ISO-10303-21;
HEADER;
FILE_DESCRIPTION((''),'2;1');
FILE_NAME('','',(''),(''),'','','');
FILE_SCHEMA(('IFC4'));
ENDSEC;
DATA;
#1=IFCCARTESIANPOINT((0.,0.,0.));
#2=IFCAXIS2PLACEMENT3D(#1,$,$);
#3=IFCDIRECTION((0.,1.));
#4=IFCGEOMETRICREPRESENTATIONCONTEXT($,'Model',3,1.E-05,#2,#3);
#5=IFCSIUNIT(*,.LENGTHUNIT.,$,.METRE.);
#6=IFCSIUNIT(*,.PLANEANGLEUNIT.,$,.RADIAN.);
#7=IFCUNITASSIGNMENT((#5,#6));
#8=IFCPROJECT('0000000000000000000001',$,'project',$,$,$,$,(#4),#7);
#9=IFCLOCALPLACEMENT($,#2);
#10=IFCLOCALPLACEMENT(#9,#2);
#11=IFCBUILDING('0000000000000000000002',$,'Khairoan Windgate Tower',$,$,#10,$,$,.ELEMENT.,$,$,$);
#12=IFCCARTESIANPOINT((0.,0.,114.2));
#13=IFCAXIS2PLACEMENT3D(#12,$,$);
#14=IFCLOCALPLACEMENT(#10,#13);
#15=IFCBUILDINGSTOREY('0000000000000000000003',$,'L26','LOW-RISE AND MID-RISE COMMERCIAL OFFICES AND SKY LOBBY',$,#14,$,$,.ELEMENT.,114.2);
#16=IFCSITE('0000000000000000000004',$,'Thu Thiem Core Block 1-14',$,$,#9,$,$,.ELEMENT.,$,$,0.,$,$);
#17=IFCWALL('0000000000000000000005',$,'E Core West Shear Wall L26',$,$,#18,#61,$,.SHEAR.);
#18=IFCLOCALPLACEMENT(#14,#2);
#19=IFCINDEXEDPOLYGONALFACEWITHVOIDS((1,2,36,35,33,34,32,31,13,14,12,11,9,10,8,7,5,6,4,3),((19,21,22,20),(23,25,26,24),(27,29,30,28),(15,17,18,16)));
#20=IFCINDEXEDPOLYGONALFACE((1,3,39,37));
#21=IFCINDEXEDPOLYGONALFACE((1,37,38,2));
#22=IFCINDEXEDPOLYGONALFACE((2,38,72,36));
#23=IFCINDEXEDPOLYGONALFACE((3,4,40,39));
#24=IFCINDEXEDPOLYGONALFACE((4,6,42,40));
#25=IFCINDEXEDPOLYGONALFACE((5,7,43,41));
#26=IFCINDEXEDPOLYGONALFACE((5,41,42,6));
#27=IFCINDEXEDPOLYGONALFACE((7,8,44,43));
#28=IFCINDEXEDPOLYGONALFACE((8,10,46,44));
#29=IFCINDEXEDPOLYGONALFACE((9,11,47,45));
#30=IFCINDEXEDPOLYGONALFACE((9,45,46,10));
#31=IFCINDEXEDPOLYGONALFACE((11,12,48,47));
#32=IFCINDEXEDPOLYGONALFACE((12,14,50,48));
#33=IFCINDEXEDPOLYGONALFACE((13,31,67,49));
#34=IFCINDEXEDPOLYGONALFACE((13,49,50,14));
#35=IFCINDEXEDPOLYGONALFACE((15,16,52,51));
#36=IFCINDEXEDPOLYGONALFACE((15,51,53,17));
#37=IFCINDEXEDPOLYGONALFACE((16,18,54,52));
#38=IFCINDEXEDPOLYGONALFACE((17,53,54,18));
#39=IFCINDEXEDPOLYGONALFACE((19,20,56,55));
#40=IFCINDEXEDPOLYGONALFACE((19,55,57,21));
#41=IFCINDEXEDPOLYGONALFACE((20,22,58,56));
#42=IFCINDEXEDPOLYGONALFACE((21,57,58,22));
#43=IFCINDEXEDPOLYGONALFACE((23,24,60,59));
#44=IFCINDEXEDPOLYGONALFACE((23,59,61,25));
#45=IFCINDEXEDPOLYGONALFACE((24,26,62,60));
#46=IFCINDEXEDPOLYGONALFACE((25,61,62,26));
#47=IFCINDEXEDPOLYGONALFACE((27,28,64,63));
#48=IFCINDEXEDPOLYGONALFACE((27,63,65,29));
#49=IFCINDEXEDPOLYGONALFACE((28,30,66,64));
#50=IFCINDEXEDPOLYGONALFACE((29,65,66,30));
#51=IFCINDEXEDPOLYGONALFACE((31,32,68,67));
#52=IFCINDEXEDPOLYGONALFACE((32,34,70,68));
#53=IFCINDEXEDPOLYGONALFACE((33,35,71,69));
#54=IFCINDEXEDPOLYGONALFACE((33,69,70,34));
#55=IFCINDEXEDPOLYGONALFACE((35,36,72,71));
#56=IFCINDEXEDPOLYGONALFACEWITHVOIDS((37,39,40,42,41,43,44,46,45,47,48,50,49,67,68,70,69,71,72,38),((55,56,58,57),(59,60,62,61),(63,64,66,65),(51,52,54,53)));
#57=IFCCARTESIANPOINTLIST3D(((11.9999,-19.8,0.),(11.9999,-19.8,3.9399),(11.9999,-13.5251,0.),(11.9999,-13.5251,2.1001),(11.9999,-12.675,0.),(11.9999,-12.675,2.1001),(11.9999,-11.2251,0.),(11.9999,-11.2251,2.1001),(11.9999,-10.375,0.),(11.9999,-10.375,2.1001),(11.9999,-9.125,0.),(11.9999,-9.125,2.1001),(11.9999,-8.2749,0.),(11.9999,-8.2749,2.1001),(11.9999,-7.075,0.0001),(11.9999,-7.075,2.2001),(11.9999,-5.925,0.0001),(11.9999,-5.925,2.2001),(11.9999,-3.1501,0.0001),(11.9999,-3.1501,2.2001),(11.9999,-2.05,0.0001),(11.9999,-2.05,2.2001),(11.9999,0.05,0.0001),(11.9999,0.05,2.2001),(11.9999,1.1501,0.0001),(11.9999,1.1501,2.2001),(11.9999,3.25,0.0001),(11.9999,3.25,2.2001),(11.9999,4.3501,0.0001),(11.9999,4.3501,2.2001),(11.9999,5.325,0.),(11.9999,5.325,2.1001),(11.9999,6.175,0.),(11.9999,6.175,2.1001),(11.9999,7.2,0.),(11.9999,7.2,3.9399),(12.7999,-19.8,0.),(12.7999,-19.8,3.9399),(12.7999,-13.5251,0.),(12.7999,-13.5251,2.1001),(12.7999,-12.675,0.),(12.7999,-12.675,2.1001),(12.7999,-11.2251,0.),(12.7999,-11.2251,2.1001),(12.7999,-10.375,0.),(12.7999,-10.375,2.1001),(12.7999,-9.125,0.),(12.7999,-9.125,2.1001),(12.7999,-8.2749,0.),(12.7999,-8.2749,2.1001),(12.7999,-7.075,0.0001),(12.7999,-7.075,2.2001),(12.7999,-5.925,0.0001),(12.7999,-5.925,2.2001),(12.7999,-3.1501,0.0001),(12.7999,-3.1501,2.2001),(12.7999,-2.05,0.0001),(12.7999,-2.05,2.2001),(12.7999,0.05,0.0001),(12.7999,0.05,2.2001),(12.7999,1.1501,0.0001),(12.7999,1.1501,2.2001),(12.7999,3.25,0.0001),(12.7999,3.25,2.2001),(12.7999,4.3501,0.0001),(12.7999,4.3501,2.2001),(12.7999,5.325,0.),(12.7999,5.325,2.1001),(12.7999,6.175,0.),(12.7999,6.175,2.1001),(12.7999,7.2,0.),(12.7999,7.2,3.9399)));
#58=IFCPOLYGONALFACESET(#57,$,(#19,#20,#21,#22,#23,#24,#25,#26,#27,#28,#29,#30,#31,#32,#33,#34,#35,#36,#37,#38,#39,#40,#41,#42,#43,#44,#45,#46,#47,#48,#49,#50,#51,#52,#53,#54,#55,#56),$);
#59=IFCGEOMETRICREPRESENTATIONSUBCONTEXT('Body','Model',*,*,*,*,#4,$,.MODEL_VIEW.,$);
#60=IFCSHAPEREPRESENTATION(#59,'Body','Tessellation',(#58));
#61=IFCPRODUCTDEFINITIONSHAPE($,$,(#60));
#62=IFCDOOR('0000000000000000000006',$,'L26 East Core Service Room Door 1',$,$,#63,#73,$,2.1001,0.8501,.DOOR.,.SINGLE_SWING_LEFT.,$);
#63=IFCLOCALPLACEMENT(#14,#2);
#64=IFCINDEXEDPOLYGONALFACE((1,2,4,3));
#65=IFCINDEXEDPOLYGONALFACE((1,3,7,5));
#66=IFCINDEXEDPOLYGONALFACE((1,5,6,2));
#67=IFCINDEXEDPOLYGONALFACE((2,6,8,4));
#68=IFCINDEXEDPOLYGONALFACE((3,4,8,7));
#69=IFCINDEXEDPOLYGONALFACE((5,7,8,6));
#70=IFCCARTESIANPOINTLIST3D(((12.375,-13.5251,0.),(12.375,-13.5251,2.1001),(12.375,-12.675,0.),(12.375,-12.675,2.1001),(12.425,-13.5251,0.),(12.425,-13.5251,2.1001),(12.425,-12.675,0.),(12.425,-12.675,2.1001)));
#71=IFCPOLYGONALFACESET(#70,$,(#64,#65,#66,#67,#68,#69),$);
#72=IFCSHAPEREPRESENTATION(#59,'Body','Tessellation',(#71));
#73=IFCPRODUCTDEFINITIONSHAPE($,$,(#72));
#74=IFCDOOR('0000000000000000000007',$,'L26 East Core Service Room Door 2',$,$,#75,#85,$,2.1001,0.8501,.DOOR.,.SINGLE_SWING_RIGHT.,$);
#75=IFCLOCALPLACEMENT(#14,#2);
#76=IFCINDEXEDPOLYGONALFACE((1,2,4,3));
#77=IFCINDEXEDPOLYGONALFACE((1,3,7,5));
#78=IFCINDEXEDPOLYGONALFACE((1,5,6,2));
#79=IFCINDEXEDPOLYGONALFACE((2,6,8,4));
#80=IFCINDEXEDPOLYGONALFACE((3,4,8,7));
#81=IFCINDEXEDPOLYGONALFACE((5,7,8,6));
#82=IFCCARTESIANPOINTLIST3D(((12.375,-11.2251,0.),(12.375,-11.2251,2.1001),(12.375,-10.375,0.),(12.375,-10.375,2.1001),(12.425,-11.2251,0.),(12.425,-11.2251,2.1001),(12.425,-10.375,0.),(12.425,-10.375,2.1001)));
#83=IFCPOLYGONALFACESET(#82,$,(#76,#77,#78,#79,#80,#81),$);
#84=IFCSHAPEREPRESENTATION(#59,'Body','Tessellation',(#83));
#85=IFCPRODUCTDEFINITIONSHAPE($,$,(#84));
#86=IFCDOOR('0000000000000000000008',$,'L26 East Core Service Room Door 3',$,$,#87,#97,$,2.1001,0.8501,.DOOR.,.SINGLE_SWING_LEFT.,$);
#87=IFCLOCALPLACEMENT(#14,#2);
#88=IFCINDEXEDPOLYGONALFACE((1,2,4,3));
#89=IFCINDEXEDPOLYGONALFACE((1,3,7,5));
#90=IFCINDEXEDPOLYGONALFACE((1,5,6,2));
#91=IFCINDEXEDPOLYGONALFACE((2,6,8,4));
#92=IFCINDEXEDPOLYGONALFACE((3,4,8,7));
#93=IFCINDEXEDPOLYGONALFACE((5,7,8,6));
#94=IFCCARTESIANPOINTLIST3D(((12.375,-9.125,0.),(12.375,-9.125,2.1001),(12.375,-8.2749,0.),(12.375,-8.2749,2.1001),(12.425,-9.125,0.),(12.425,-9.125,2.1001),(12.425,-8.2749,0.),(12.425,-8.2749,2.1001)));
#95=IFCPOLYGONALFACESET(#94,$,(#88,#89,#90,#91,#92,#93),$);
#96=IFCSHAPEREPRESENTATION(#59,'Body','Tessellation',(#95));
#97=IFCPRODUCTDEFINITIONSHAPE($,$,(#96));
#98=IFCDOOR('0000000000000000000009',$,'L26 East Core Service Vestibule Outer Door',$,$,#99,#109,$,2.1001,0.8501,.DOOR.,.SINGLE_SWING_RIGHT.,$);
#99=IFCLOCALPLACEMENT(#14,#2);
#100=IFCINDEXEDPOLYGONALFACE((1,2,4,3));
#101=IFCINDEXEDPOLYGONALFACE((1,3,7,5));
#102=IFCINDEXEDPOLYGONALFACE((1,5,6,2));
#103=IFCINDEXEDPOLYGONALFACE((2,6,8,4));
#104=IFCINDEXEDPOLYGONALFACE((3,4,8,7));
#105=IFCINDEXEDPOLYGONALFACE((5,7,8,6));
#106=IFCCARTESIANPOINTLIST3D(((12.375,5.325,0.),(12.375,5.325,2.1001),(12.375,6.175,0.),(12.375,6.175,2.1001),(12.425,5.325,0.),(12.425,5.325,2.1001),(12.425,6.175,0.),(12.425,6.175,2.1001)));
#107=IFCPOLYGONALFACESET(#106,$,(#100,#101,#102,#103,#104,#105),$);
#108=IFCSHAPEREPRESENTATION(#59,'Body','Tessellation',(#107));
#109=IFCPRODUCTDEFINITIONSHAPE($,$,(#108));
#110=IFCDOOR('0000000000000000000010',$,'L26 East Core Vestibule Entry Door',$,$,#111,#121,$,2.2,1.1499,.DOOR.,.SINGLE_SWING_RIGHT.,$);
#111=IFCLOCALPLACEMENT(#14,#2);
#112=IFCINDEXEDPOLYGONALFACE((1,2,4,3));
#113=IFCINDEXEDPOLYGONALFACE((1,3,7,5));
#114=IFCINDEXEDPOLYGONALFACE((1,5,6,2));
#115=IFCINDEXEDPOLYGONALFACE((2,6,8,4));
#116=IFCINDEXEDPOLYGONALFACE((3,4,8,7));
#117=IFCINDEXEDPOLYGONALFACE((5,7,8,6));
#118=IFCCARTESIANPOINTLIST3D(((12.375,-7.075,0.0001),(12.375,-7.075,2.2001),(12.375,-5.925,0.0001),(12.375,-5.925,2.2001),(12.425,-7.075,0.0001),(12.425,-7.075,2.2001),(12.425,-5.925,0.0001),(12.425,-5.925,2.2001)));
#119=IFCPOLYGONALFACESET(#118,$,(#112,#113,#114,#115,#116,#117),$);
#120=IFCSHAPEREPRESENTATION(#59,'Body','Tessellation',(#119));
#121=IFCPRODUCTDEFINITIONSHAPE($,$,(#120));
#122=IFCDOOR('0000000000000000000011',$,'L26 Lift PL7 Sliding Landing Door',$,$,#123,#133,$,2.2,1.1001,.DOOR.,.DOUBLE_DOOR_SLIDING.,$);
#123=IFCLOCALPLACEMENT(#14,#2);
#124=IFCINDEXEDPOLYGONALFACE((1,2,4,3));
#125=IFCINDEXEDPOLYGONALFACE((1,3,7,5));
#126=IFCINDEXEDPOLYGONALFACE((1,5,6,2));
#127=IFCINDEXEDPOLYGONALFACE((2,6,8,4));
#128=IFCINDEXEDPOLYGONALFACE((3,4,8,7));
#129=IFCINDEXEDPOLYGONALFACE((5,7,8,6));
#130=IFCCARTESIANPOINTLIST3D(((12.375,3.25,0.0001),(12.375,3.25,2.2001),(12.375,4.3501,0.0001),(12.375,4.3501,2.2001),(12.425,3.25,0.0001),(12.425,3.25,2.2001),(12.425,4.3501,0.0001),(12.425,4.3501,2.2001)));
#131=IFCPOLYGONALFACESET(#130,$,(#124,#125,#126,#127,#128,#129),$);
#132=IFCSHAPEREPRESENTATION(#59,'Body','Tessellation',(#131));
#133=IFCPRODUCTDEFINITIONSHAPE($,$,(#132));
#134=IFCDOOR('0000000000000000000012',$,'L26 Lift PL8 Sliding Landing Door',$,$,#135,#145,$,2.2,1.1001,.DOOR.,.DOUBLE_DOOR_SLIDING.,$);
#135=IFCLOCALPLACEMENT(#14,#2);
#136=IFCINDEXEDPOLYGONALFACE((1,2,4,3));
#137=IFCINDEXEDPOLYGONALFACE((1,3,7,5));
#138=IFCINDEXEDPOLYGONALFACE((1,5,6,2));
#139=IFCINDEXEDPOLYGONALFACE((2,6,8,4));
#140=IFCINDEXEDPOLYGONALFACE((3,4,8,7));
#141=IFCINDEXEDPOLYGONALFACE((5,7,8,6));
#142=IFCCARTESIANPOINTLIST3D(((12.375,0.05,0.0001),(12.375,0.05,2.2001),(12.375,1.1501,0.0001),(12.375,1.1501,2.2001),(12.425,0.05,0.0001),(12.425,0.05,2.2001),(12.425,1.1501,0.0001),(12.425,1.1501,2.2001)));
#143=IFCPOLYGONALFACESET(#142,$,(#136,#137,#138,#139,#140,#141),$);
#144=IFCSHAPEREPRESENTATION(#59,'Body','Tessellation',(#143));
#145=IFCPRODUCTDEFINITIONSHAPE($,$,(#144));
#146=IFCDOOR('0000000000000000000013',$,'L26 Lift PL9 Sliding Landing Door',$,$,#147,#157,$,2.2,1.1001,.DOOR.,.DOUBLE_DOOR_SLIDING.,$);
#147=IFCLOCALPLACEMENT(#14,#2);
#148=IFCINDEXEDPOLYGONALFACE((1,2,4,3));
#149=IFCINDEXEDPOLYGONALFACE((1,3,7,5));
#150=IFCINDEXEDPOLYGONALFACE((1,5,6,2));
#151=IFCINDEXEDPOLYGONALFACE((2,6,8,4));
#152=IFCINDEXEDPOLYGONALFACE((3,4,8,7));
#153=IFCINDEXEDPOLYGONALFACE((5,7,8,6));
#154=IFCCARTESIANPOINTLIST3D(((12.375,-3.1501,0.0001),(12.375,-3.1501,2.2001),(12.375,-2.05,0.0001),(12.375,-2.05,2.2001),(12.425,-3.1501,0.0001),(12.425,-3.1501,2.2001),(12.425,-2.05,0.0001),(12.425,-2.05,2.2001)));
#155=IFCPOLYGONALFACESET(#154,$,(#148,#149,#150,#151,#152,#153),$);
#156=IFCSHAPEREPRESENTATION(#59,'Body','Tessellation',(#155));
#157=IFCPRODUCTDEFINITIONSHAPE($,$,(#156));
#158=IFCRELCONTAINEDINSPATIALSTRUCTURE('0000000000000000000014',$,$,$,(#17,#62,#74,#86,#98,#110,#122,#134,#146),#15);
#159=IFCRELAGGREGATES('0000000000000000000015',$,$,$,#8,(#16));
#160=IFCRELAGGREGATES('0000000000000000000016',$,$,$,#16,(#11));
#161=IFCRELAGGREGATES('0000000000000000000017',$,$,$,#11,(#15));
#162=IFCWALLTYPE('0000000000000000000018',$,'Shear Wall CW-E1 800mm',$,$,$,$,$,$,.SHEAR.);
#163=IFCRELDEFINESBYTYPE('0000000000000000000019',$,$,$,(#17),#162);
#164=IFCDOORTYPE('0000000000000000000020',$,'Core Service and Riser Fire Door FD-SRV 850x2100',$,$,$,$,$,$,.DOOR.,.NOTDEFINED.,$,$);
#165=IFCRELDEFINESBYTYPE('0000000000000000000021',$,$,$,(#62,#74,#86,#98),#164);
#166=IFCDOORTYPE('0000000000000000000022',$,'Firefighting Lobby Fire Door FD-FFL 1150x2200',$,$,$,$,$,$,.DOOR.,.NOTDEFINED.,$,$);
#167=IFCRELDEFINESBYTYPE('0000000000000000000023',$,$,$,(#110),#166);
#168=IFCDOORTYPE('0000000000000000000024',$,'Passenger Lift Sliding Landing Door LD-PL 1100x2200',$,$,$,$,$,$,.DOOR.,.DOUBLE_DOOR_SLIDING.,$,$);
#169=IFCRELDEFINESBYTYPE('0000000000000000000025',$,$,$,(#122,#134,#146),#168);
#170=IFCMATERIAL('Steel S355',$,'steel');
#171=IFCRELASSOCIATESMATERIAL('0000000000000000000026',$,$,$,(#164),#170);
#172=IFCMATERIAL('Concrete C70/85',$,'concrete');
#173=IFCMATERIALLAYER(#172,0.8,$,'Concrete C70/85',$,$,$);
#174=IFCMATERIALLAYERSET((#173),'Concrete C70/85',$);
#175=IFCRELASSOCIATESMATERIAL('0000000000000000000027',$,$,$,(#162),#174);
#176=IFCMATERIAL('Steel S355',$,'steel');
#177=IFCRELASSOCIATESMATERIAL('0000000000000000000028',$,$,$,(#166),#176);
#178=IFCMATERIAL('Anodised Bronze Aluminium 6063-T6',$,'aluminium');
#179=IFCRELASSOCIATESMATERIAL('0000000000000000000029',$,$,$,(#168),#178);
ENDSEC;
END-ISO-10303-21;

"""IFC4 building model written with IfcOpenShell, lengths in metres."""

from ifc_helpers import new_model, si_unit, direction, frame, frame_2d, origin, place, context, subcontext, project, spatial, rectangle, extrude, material, layer, layer_set, type_object, element, fill, save


model = new_model("IFC4")

# Units and contexts
model_context = context("Model", 3, precision=1e-05, world=origin(), true_north=direction((0.0, 1.0)))
body_context = subcontext(model_context, "Body", "Model", "MODEL_VIEW")
ifc_project = project(units=[si_unit("LENGTHUNIT", "METRE"), si_unit("PLANEANGLEUNIT", "RADIAN")], contexts=[model_context])

# Site, building, storey
site_placement = place(None, origin())
site = spatial("IfcSite", under=ifc_project, at=site_placement, Name="Thu Thiem Core Block 1-14", CompositionType="ELEMENT", RefElevation=0.0)
building_placement = place(site_placement, origin())
building = spatial("IfcBuilding", under=site, at=building_placement, Name="Khairoan Windgate Tower", CompositionType="ELEMENT")
storey_placement = place(building_placement, frame((0.0, 0.0, 114.2)))
storey = spatial("IfcBuildingStorey", under=building, at=storey_placement, Name="L26", Description="LOW-RISE AND MID-RISE COMMERCIAL OFFICES AND SKY LOBBY", CompositionType="ELEMENT", Elevation=114.2)

# Shared definitions
ifc_material_1 = material(Name="Steel S355", Category="steel")
door_type_1 = type_object("IfcDoorType", Name="Core Service and Riser Fire Door FD-SRV 850x2100", OperationType="NOTDEFINED", PredefinedType="DOOR", material=ifc_material_1)

# Wall, openings, doors
ifc_material_2 = material(Name="Concrete C70/85", Category="concrete")
ifc_layer_1 = layer(ifc_material_2, 0.8, Name="Concrete C70/85")
ifc_layer_set_1 = layer_set([ifc_layer_1], Name="Concrete C70/85")
wall_type_1 = type_object("IfcWallType", Name="Shear Wall CW-E1 800mm", PredefinedType="SHEAR", material=ifc_layer_set_1)
wall_1_placement = place(storey_placement, frame((12.3999, -19.8, 0.0), z_axis=(0.0, 0.0, 1.0), x_axis=(0.0, 1.0, 0.0)))
wall_1 = element("IfcWall", 1, at=wall_1_placement, inside=storey, type_object=wall_type_1, Name="E Core West Shear Wall L26", PredefinedType="SHEAR", context=body_context, shape_type="SweptSolid", body=[
    extrude(rectangle(XDim=27.0, YDim=0.8, at=frame_2d((13.5, 0.0))), origin(), (0.0, 0.0, 1.0), 3.9399),
])
opening_1_placement = place(wall_1_placement, frame((23.05, 0.0, 0.0)))
opening_1 = element("IfcOpeningElement", 2, at=opening_1_placement, cuts=wall_1, PredefinedType="OPENING", context=body_context, shape_type="SweptSolid", body=[
    extrude(rectangle(XDim=1.1001, YDim=2.2, at=frame_2d((0.55, 1.1001))), frame((0.0, 0.4099, 0.0), z_axis=(0.0, -1.0, 0.0), x_axis=(1.0, 0.0, 0.0)), (0.0, 0.0, 1.0), 0.8201),
])
opening_2_placement = place(wall_1_placement, frame((19.8501, 0.0, 0.0)))
opening_2 = element("IfcOpeningElement", 3, at=opening_2_placement, cuts=wall_1, PredefinedType="OPENING", context=body_context, shape_type="SweptSolid", body=[
    extrude(rectangle(XDim=1.1001, YDim=2.2, at=frame_2d((0.55, 1.1001))), frame((0.0, 0.4099, 0.0), z_axis=(0.0, -1.0, 0.0), x_axis=(1.0, 0.0, 0.0)), (0.0, 0.0, 1.0), 0.8201),
])
opening_3_placement = place(wall_1_placement, frame((16.6499, 0.0, 0.0)))
opening_3 = element("IfcOpeningElement", 4, at=opening_3_placement, cuts=wall_1, PredefinedType="OPENING", context=body_context, shape_type="SweptSolid", body=[
    extrude(rectangle(XDim=1.1001, YDim=2.2, at=frame_2d((0.55, 1.1001))), frame((0.0, 0.4099, 0.0), z_axis=(0.0, -1.0, 0.0), x_axis=(1.0, 0.0, 0.0)), (0.0, 0.0, 1.0), 0.8201),
])
opening_4_placement = place(wall_1_placement, frame((6.2749, 0.0, 0.0)))
opening_4 = element("IfcOpeningElement", 5, at=opening_4_placement, cuts=wall_1, PredefinedType="OPENING", context=body_context, shape_type="SweptSolid", body=[
    extrude(rectangle(XDim=0.8501, YDim=2.1001, at=frame_2d((0.425, 1.05))), frame((0.0, 0.4099, 0.0), z_axis=(0.0, -1.0, 0.0), x_axis=(1.0, 0.0, 0.0)), (0.0, 0.0, 1.0), 0.8201),
])
opening_5_placement = place(wall_1_placement, frame((8.575, 0.0, 0.0)))
opening_5 = element("IfcOpeningElement", 6, at=opening_5_placement, cuts=wall_1, PredefinedType="OPENING", context=body_context, shape_type="SweptSolid", body=[
    extrude(rectangle(XDim=0.8501, YDim=2.1001, at=frame_2d((0.425, 1.05))), frame((0.0, 0.4099, 0.0), z_axis=(0.0, -1.0, 0.0), x_axis=(1.0, 0.0, 0.0)), (0.0, 0.0, 1.0), 0.8201),
])
opening_6_placement = place(wall_1_placement, frame((10.675, 0.0, 0.0)))
opening_6 = element("IfcOpeningElement", 7, at=opening_6_placement, cuts=wall_1, PredefinedType="OPENING", context=body_context, shape_type="SweptSolid", body=[
    extrude(rectangle(XDim=0.8501, YDim=2.1001, at=frame_2d((0.425, 1.05))), frame((0.0, 0.4099, 0.0), z_axis=(0.0, -1.0, 0.0), x_axis=(1.0, 0.0, 0.0)), (0.0, 0.0, 1.0), 0.8201),
])
opening_7_placement = place(wall_1_placement, frame((12.7251, 0.0, 0.0)))
opening_7 = element("IfcOpeningElement", 8, at=opening_7_placement, cuts=wall_1, PredefinedType="OPENING", context=body_context, shape_type="SweptSolid", body=[
    extrude(rectangle(XDim=1.1499, YDim=2.2, at=frame_2d((0.575, 1.1001))), frame((0.0, 0.4099, 0.0), z_axis=(0.0, -1.0, 0.0), x_axis=(1.0, 0.0, 0.0)), (0.0, 0.0, 1.0), 0.8201),
])
opening_8_placement = place(wall_1_placement, frame((25.125, 0.0, 0.0)))
opening_8 = element("IfcOpeningElement", 9, at=opening_8_placement, cuts=wall_1, PredefinedType="OPENING", context=body_context, shape_type="SweptSolid", body=[
    extrude(rectangle(XDim=0.8501, YDim=2.1001, at=frame_2d((0.425, 1.05))), frame((0.0, 0.4099, 0.0), z_axis=(0.0, -1.0, 0.0), x_axis=(1.0, 0.0, 0.0)), (0.0, 0.0, 1.0), 0.8201),
])
door_1_placement = place(opening_4_placement, origin())
door_1 = element("IfcDoor", 10, at=door_1_placement, inside=storey, type_object=door_type_1, Name="L26 East Core Service Room Door 1", OperationType="SINGLE_SWING_LEFT", OverallHeight=2.1001, OverallWidth=0.8501, PredefinedType="DOOR", context=body_context, shape_type="SweptSolid", body=[
    extrude(rectangle(XDim=0.8501, YDim=2.1001, at=frame_2d((0.425, 1.05))), frame((0.0, 0.0249, 0.0), z_axis=(0.0, -1.0, 0.0), x_axis=(1.0, 0.0, 0.0)), (0.0, 0.0, 1.0), 0.05),
])
fill(opening_4, door_1)
door_2_placement = place(opening_5_placement, origin())
door_2 = element("IfcDoor", 11, at=door_2_placement, inside=storey, type_object=door_type_1, Name="L26 East Core Service Room Door 2", OperationType="SINGLE_SWING_RIGHT", OverallHeight=2.1001, OverallWidth=0.8501, PredefinedType="DOOR", context=body_context, shape_type="SweptSolid", body=[
    extrude(rectangle(XDim=0.8501, YDim=2.1001, at=frame_2d((0.425, 1.05))), frame((0.0, 0.0249, 0.0), z_axis=(0.0, -1.0, 0.0), x_axis=(1.0, 0.0, 0.0)), (0.0, 0.0, 1.0), 0.05),
])
fill(opening_5, door_2)
door_3_placement = place(opening_6_placement, origin())
door_3 = element("IfcDoor", 12, at=door_3_placement, inside=storey, type_object=door_type_1, Name="L26 East Core Service Room Door 3", OperationType="SINGLE_SWING_LEFT", OverallHeight=2.1001, OverallWidth=0.8501, PredefinedType="DOOR", context=body_context, shape_type="SweptSolid", body=[
    extrude(rectangle(XDim=0.8501, YDim=2.1001, at=frame_2d((0.425, 1.05))), frame((0.0, 0.0249, 0.0), z_axis=(0.0, -1.0, 0.0), x_axis=(1.0, 0.0, 0.0)), (0.0, 0.0, 1.0), 0.05),
])
fill(opening_6, door_3)
door_4_placement = place(opening_8_placement, origin())
door_4 = element("IfcDoor", 13, at=door_4_placement, inside=storey, type_object=door_type_1, Name="L26 East Core Service Vestibule Outer Door", OperationType="SINGLE_SWING_RIGHT", OverallHeight=2.1001, OverallWidth=0.8501, PredefinedType="DOOR", context=body_context, shape_type="SweptSolid", body=[
    extrude(rectangle(XDim=0.8501, YDim=2.1001, at=frame_2d((0.425, 1.05))), frame((0.0, 0.0249, 0.0), z_axis=(0.0, -1.0, 0.0), x_axis=(1.0, 0.0, 0.0)), (0.0, 0.0, 1.0), 0.05),
])
fill(opening_8, door_4)
ifc_material_3 = material(Name="Steel S355", Category="steel")
door_type_2 = type_object("IfcDoorType", Name="Firefighting Lobby Fire Door FD-FFL 1150x2200", OperationType="NOTDEFINED", PredefinedType="DOOR", material=ifc_material_3)
door_5_placement = place(opening_7_placement, origin())
door_5 = element("IfcDoor", 14, at=door_5_placement, inside=storey, type_object=door_type_2, Name="L26 East Core Vestibule Entry Door", OperationType="SINGLE_SWING_RIGHT", OverallHeight=2.2, OverallWidth=1.1499, PredefinedType="DOOR", context=body_context, shape_type="SweptSolid", body=[
    extrude(rectangle(XDim=1.1499, YDim=2.2, at=frame_2d((0.575, 1.1001))), frame((0.0, 0.0249, 0.0), z_axis=(0.0, -1.0, 0.0), x_axis=(1.0, 0.0, 0.0)), (0.0, 0.0, 1.0), 0.05),
])
fill(opening_7, door_5)
ifc_material_4 = material(Name="Anodised Bronze Aluminium 6063-T6", Category="aluminium")
door_type_3 = type_object("IfcDoorType", Name="Passenger Lift Sliding Landing Door LD-PL 1100x2200", OperationType="DOUBLE_DOOR_SLIDING", PredefinedType="DOOR", material=ifc_material_4)
door_6_placement = place(opening_1_placement, origin())
door_6 = element("IfcDoor", 15, at=door_6_placement, inside=storey, type_object=door_type_3, Name="L26 Lift PL7 Sliding Landing Door", OperationType="DOUBLE_DOOR_SLIDING", OverallHeight=2.2, OverallWidth=1.1001, PredefinedType="DOOR", context=body_context, shape_type="SweptSolid", body=[
    extrude(rectangle(XDim=1.1001, YDim=2.2, at=frame_2d((0.55, 1.1001))), frame((0.0, 0.0249, 0.0), z_axis=(0.0, -1.0, 0.0), x_axis=(1.0, 0.0, 0.0)), (0.0, 0.0, 1.0), 0.05),
])
fill(opening_1, door_6)
door_7_placement = place(opening_2_placement, origin())
door_7 = element("IfcDoor", 16, at=door_7_placement, inside=storey, type_object=door_type_3, Name="L26 Lift PL8 Sliding Landing Door", OperationType="DOUBLE_DOOR_SLIDING", OverallHeight=2.2, OverallWidth=1.1001, PredefinedType="DOOR", context=body_context, shape_type="SweptSolid", body=[
    extrude(rectangle(XDim=1.1001, YDim=2.2, at=frame_2d((0.55, 1.1001))), frame((0.0, 0.0249, 0.0), z_axis=(0.0, -1.0, 0.0), x_axis=(1.0, 0.0, 0.0)), (0.0, 0.0, 1.0), 0.05),
])
fill(opening_2, door_7)
door_8_placement = place(opening_3_placement, origin())
door_8 = element("IfcDoor", 17, at=door_8_placement, inside=storey, type_object=door_type_3, Name="L26 Lift PL9 Sliding Landing Door", OperationType="DOUBLE_DOOR_SLIDING", OverallHeight=2.2, OverallWidth=1.1001, PredefinedType="DOOR", context=body_context, shape_type="SweptSolid", body=[
    extrude(rectangle(XDim=1.1001, YDim=2.2, at=frame_2d((0.55, 1.1001))), frame((0.0, 0.0249, 0.0), z_axis=(0.0, -1.0, 0.0), x_axis=(1.0, 0.0, 0.0)), (0.0, 0.0, 1.0), 0.05),
])
fill(opening_3, door_8)

save(model, "model.ifc")
